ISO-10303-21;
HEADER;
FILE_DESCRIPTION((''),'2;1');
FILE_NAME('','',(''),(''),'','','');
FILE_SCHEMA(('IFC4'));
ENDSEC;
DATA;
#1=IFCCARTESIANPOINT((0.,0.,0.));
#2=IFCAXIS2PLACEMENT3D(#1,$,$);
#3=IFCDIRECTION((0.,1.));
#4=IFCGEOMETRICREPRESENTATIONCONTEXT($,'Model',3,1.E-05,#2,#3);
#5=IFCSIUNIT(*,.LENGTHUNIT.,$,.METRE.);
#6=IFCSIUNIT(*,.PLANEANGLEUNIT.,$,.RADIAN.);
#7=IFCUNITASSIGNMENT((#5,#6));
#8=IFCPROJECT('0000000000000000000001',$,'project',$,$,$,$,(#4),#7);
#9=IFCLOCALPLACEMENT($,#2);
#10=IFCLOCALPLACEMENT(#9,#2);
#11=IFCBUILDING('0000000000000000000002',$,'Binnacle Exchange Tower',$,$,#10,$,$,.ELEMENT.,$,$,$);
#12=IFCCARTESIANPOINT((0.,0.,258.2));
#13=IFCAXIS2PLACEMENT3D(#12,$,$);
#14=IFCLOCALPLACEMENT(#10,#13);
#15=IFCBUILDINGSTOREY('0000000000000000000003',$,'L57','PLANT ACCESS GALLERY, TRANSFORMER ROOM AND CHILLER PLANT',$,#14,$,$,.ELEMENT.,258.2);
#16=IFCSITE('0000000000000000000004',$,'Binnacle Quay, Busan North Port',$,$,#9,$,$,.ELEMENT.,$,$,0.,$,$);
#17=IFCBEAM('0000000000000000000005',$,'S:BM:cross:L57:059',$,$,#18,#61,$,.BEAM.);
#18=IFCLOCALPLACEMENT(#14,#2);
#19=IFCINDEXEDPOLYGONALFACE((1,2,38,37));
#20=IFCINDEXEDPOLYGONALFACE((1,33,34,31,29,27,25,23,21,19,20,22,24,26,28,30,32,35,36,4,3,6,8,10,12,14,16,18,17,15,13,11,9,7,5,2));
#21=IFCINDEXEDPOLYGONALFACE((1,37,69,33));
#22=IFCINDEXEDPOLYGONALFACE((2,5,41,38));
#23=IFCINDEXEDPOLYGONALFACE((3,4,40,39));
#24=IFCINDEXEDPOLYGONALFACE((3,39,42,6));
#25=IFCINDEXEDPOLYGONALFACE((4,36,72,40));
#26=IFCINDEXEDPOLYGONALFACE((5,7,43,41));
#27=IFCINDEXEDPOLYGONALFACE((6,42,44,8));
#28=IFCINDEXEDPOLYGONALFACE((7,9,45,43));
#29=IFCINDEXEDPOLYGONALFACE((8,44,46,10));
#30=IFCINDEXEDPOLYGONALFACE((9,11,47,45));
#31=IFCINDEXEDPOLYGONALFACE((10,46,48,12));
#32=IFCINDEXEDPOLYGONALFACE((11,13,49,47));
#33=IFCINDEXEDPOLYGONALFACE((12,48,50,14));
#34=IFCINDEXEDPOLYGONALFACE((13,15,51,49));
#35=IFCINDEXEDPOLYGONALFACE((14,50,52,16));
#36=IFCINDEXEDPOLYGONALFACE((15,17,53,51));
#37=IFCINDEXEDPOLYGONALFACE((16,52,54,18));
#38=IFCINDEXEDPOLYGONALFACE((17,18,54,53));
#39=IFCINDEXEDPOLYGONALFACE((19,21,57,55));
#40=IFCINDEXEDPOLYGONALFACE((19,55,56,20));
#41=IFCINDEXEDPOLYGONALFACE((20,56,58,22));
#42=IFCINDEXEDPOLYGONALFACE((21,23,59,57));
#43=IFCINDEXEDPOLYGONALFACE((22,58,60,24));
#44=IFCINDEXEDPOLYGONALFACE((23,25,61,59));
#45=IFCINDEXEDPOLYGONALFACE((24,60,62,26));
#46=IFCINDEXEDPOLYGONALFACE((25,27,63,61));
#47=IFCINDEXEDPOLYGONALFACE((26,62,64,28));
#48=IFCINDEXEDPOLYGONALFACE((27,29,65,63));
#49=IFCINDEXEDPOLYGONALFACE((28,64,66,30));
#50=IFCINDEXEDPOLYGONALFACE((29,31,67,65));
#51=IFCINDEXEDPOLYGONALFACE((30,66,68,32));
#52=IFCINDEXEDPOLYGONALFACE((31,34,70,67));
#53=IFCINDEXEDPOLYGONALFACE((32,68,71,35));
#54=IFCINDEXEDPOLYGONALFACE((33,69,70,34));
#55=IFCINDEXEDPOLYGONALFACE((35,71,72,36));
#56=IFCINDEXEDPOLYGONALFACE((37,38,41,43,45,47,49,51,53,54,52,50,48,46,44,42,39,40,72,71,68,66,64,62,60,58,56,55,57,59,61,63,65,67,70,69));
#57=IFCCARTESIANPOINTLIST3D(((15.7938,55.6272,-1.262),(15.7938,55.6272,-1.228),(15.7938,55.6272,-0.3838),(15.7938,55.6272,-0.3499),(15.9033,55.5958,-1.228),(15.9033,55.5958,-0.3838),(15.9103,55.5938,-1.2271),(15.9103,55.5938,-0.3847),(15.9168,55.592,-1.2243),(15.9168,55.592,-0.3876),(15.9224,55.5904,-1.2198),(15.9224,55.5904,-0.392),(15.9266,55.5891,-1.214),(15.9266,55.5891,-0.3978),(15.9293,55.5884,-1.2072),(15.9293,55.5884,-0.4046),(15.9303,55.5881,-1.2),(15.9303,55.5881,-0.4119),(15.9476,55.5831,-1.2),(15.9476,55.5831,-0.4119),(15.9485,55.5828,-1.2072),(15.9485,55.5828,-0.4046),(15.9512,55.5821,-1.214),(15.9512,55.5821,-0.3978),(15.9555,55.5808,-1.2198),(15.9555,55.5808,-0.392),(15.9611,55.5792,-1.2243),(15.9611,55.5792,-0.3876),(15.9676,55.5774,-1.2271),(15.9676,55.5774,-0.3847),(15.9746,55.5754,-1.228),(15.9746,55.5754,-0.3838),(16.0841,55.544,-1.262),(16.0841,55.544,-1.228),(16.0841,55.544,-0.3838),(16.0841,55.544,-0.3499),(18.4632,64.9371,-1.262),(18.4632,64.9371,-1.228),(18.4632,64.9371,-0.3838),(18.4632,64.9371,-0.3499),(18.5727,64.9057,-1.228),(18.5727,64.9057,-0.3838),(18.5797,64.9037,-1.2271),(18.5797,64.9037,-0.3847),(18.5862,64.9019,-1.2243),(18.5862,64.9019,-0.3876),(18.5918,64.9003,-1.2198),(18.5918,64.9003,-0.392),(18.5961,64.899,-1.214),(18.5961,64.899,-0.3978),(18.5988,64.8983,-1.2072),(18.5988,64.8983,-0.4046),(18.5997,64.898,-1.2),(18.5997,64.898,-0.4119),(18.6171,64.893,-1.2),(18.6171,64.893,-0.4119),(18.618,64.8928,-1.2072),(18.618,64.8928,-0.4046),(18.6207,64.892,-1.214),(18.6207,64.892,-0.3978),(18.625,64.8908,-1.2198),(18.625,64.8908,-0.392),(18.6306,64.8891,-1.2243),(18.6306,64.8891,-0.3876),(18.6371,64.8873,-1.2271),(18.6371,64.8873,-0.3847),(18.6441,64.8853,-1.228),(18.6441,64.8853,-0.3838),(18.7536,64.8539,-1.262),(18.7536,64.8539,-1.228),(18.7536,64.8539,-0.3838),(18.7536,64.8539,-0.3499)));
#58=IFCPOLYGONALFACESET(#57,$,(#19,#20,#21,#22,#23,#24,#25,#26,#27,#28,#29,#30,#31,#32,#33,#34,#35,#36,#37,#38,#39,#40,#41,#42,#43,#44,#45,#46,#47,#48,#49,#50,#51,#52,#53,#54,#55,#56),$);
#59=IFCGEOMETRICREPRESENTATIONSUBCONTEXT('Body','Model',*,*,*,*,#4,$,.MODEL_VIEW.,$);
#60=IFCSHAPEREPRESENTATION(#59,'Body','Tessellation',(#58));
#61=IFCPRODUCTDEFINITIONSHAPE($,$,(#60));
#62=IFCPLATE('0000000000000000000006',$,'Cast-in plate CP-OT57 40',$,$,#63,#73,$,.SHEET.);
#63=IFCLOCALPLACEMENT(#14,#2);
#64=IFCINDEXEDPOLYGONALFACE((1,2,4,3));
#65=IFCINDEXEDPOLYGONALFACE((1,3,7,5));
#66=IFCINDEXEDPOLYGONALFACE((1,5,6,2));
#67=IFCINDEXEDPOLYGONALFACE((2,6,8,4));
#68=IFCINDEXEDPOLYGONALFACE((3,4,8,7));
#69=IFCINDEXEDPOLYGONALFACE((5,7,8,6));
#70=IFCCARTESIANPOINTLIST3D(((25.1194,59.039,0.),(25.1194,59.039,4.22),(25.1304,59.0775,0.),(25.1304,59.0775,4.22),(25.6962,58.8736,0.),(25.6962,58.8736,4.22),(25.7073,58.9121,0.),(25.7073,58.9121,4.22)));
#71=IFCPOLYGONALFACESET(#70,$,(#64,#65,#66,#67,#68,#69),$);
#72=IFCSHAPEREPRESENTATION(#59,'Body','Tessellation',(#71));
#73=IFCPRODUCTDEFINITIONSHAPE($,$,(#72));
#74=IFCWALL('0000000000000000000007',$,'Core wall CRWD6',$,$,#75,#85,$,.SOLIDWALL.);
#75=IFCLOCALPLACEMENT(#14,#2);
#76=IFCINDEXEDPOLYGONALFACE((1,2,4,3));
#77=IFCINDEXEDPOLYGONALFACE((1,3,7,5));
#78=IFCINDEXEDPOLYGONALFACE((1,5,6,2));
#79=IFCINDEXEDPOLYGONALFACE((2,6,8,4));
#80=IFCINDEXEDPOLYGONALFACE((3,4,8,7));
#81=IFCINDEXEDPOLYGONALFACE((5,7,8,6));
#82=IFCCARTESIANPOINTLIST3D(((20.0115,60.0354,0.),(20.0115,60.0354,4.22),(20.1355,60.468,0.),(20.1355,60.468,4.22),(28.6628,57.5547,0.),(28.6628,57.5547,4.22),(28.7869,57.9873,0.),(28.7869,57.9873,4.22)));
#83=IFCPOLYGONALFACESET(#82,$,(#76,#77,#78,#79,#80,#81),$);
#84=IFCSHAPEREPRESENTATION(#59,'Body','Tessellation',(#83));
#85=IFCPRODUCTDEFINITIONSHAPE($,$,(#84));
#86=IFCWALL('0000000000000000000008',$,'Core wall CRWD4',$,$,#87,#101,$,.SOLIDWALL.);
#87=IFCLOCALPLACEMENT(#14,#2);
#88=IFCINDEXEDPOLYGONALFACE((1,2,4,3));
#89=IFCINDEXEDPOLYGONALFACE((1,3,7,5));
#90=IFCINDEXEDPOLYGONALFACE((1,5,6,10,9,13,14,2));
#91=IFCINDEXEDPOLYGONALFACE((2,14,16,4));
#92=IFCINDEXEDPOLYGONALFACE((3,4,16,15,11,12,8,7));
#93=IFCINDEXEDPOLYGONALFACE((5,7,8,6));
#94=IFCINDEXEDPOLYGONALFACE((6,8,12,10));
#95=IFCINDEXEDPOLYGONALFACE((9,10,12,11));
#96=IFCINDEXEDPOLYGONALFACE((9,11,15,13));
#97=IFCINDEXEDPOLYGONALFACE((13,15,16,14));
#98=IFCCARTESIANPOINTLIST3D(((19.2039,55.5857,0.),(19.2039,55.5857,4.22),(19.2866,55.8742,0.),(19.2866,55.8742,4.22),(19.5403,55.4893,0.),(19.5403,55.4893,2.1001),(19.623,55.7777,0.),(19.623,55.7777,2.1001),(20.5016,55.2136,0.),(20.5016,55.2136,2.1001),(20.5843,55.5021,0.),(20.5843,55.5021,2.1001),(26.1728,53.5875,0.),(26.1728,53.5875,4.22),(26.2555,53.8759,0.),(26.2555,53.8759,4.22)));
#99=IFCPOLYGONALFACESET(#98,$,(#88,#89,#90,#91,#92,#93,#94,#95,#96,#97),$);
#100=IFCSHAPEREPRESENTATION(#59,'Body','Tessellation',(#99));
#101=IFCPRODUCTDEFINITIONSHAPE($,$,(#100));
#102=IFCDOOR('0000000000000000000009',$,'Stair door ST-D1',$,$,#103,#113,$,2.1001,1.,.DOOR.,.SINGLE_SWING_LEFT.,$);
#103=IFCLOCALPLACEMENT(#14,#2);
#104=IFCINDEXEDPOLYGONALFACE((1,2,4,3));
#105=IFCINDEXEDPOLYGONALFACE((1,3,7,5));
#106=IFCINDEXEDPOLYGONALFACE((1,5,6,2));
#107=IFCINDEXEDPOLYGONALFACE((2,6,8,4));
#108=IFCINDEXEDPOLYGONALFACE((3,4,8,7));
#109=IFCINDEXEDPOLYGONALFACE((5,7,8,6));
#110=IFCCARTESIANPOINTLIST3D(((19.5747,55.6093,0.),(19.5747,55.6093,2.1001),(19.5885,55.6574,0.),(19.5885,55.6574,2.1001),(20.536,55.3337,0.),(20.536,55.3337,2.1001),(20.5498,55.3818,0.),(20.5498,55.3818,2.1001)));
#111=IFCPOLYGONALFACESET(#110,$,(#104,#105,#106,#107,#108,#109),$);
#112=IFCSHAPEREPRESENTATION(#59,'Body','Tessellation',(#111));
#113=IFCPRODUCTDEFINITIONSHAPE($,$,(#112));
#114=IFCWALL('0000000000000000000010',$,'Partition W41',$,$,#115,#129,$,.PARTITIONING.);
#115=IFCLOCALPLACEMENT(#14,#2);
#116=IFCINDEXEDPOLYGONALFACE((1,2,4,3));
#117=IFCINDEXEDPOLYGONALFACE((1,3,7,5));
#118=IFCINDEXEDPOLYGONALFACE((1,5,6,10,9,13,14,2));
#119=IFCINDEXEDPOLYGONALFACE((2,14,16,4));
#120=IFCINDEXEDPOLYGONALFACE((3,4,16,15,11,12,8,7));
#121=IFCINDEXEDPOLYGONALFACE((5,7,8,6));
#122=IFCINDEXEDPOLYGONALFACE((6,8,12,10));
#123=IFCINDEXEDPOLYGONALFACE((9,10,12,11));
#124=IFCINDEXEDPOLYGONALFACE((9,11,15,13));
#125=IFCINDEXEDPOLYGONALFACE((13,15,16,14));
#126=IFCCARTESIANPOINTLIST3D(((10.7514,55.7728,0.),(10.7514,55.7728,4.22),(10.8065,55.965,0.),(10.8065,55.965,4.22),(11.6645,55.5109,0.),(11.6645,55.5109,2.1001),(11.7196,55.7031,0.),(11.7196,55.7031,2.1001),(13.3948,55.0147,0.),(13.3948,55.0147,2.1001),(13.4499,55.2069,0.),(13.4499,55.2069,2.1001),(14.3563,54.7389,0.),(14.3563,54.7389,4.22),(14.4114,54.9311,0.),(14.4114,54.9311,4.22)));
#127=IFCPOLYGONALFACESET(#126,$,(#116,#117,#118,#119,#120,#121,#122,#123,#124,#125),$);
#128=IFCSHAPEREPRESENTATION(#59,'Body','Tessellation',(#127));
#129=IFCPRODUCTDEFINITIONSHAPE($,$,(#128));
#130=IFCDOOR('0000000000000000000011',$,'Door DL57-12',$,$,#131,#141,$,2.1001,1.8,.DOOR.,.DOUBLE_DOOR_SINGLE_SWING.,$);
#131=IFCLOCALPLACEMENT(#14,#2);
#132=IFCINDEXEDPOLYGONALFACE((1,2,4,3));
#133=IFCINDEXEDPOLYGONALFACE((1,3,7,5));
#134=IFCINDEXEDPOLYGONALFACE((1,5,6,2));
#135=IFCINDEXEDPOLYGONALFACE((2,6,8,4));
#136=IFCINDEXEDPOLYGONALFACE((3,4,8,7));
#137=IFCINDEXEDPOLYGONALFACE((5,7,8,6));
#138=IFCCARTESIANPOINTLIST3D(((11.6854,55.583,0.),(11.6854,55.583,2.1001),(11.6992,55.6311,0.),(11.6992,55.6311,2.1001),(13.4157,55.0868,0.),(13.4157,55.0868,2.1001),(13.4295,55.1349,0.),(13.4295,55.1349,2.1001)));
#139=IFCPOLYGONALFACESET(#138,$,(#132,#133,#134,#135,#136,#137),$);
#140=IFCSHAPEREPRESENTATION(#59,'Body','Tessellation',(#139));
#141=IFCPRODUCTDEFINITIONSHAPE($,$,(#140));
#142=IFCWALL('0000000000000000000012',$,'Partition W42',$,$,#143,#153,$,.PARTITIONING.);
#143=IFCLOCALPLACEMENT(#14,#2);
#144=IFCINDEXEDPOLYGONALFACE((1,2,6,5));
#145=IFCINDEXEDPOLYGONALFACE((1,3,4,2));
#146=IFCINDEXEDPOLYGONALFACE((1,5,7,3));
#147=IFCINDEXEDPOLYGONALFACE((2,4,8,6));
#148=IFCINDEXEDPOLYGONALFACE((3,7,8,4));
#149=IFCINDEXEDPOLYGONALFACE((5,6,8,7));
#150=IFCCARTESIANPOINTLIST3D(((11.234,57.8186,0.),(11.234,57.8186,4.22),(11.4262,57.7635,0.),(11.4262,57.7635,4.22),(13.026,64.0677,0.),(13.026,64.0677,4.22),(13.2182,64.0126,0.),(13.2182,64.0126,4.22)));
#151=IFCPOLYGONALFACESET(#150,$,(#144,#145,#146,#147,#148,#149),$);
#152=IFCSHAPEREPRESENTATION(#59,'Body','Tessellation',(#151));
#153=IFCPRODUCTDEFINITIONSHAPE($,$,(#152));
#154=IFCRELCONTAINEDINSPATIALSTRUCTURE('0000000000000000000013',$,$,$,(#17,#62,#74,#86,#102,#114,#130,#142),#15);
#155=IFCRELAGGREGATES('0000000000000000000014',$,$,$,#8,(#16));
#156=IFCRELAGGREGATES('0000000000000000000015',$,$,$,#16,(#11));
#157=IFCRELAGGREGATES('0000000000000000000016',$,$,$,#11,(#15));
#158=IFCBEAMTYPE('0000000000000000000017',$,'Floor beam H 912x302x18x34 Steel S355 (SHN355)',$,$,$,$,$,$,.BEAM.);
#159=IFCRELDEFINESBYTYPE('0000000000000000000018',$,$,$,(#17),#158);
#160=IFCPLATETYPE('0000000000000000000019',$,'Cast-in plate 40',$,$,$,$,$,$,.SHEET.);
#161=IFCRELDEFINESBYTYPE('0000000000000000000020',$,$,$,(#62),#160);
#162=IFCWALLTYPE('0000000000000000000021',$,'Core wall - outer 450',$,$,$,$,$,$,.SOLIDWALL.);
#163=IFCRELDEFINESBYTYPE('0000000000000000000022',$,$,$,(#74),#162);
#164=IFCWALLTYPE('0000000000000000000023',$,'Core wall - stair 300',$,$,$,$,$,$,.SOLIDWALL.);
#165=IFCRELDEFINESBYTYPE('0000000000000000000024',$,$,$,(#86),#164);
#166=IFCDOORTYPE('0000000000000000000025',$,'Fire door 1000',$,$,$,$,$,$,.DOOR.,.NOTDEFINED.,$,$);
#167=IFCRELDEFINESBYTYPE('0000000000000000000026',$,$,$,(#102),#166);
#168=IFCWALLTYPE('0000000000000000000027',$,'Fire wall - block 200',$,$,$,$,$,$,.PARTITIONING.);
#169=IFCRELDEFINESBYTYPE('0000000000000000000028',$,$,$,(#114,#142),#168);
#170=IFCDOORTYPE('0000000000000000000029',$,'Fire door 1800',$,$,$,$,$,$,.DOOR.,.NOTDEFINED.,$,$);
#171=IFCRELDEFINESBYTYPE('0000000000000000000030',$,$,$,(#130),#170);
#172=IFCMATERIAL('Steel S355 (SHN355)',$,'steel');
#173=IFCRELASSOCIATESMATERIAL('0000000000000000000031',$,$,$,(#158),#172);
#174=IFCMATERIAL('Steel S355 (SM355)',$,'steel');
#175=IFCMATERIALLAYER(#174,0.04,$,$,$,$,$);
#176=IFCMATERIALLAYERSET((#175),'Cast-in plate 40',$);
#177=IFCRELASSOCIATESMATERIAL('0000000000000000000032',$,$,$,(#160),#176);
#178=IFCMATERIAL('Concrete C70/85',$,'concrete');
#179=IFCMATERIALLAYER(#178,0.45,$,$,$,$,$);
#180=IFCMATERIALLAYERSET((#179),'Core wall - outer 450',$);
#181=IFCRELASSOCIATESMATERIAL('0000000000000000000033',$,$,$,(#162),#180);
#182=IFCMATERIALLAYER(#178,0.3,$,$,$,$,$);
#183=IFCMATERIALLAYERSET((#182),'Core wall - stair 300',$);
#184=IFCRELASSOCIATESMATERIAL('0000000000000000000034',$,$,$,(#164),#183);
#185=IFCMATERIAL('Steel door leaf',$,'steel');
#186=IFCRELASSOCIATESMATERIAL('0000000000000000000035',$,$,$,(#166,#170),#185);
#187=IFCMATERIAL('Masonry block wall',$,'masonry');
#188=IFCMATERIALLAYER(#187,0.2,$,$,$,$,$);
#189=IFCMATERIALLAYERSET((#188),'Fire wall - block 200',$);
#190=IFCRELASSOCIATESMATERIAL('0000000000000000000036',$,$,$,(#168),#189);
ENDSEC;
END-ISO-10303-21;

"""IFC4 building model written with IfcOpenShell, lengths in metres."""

from ifc_helpers import new_model, si_unit, direction, frame, frame_2d, origin, origin_2d, place, context, subcontext, project, spatial, rectangle, i_section, extrude, material, layer, layer_set, material_profile, profile_set, type_object, element, fill, save


model = new_model("IFC4")

# Units and contexts
model_context = context("Model", 3, precision=1e-05, world=origin(), true_north=direction((0.0, 1.0)))
body_context = subcontext(model_context, "Body", "Model", "MODEL_VIEW")
ifc_project = project(units=[si_unit("LENGTHUNIT", "METRE"), si_unit("PLANEANGLEUNIT", "RADIAN")], contexts=[model_context])

# Site, building, storey
site_placement = place(None, origin())
site = spatial("IfcSite", under=ifc_project, at=site_placement, Name="Binnacle Quay, Busan North Port", CompositionType="ELEMENT", RefElevation=0.0)
building_placement = place(site_placement, origin())
building = spatial("IfcBuilding", under=site, at=building_placement, Name="Binnacle Exchange Tower", CompositionType="ELEMENT")
storey_placement = place(building_placement, frame((0.0, 0.0, 258.2)))
storey = spatial("IfcBuildingStorey", under=building, at=storey_placement, Name="L57", Description="PLANT ACCESS GALLERY, TRANSFORMER ROOM AND CHILLER PLANT", CompositionType="ELEMENT", Elevation=258.2)

# Shared definitions
ifc_material_1 = material(Name="Steel S355 (SHN355)", Category="steel")

# Beam
ifc_material_profile_1 = material_profile(ifc_material_1, i_section(OverallWidth=0.302, OverallDepth=0.9121, WebThickness=0.0181, FlangeThickness=0.0339, FilletRadius=0.0281, at=origin_2d()), Name="H 912x302x18x34")
ifc_profile_set_1 = profile_set([ifc_material_profile_1], Name="Steel S355 (SHN355)")
beam_type_1 = type_object("IfcBeamType", Name="Floor beam H 912x302x18x34 Steel S355 (SHN355)", PredefinedType="BEAM", material=ifc_profile_set_1)
beam_1_placement = place(storey_placement, frame((18.6084, 64.8955, -0.8059), z_axis=(-0.275627, -0.961265, 0.0), x_axis=(0.961265, -0.275627, 0.0)))
element("IfcBeam", 1, at=beam_1_placement, inside=storey, type_object=beam_type_1, Name="S:BM:cross:L57:059", PredefinedType="BEAM", context=body_context, shape_type="SweptSolid", body=[
    extrude(i_section(OverallWidth=0.302, OverallDepth=0.9121, WebThickness=0.0181, FlangeThickness=0.0339, FilletRadius=0.0281, at=origin_2d()), origin(), (0.0, 0.0, 1.0), 9.6851),
])

# Plate
ifc_material_2 = material(Name="Steel S355 (SM355)", Category="steel")
ifc_layer_1 = layer(ifc_material_2, 0.04)
ifc_layer_set_1 = layer_set([ifc_layer_1], Name="Cast-in plate 40")
plate_type = type_object("IfcPlateType", Name="Cast-in plate 40", PredefinedType="SHEET", material=ifc_layer_set_1)
plate_placement = place(storey_placement, frame((25.4133, 58.9756, 0.0), z_axis=(0.0, 0.0, 1.0), x_axis=(-0.275637, -0.961262, 0.0)))
element("IfcPlate", 2, at=plate_placement, inside=storey, type_object=plate_type, Name="Cast-in plate CP-OT57 40", PredefinedType="SHEET", context=body_context, shape_type="SweptSolid", body=[
    extrude(rectangle(XDim=0.04, YDim=0.6001, at=origin_2d()), origin(), (0.0, 0.0, 1.0), 4.22),
])

# Wall
ifc_material_3 = material(Name="Concrete C70/85", Category="concrete")
ifc_layer_2 = layer(ifc_material_3, 0.45)
ifc_layer_set_2 = layer_set([ifc_layer_2], Name="Core wall - outer 450")
wall_type_1 = type_object("IfcWallType", Name="Core wall - outer 450", PredefinedType="SOLIDWALL", material=ifc_layer_set_2)
wall_1_placement = place(storey_placement, frame((20.0735, 60.2517, 0.0), z_axis=(0.0, 0.0, 1.0), x_axis=(0.961262, -0.275635, 0.0)))
element("IfcWall", 3, at=wall_1_placement, inside=storey, type_object=wall_type_1, Name="Core wall CRWD6", PredefinedType="SOLIDWALL", context=body_context, shape_type="SweptSolid", body=[
    extrude(rectangle(XDim=9.0, YDim=0.45, at=frame_2d((4.5, 0.0))), origin(), (0.0, 0.0, 1.0), 4.22),
])

# Walls, openings, doors
ifc_layer_3 = layer(ifc_material_3, 0.3)
ifc_layer_set_3 = layer_set([ifc_layer_3], Name="Core wall - stair 300")
wall_type_2 = type_object("IfcWallType", Name="Core wall - stair 300", PredefinedType="SOLIDWALL", material=ifc_layer_set_3)
wall_2_placement = place(storey_placement, frame((19.2451, 55.73, 0.0), z_axis=(0.0, 0.0, 1.0), x_axis=(0.961263, -0.275633, 0.0)))
wall_2 = element("IfcWall", 4, at=wall_2_placement, inside=storey, type_object=wall_type_2, Name="Core wall CRWD4", PredefinedType="SOLIDWALL", context=body_context, shape_type="SweptSolid", body=[
    extrude(rectangle(XDim=7.2498, YDim=0.3, at=frame_2d((3.625, 0.0))), origin(), (0.0, 0.0, 1.0), 4.22),
])
opening_1_placement = place(wall_2_placement, frame((0.3501, 0.0, 0.0)))
opening_1 = element("IfcOpeningElement", 5, at=opening_1_placement, cuts=wall_2, PredefinedType="OPENING", context=body_context, shape_type="SweptSolid", body=[
    extrude(rectangle(XDim=1.0, YDim=2.1001, at=frame_2d((0.5, 1.05))), frame((0.0, 0.1599, 0.0), z_axis=(0.0, -1.0, 0.0), x_axis=(1.0, 0.0, 0.0)), (0.0, 0.0, 1.0), 0.3201),
])
ifc_material_4 = material(Name="Steel door leaf", Category="steel")
door_type_1 = type_object("IfcDoorType", Name="Fire door 1000", OperationType="NOTDEFINED", PredefinedType="DOOR", material=ifc_material_4)
door_1_placement = place(opening_1_placement, origin())
door_1 = element("IfcDoor", 6, at=door_1_placement, inside=storey, type_object=door_type_1, Name="Stair door ST-D1", OperationType="SINGLE_SWING_LEFT", OverallHeight=2.1001, OverallWidth=1.0, PredefinedType="DOOR", context=body_context, shape_type="SweptSolid", body=[
    extrude(rectangle(XDim=1.0, YDim=2.1001, at=frame_2d((0.5, 1.05))), frame((0.0, 0.0249, 0.0), z_axis=(0.0, -1.0, 0.0), x_axis=(1.0, 0.0, 0.0)), (0.0, 0.0, 1.0), 0.05),
])
fill(opening_1, door_1)
ifc_material_5 = material(Name="Masonry block wall", Category="masonry")
ifc_layer_4 = layer(ifc_material_5, 0.2)
ifc_layer_set_4 = layer_set([ifc_layer_4], Name="Fire wall - block 200")
wall_type_3 = type_object("IfcWallType", Name="Fire wall - block 200", PredefinedType="PARTITIONING", material=ifc_layer_set_4)
wall_3_placement = place(storey_placement, frame((10.7791, 55.8689, 0.0), z_axis=(0.0, 0.0, 1.0), x_axis=(0.961246, -0.275693, 0.0)))
wall_3 = element("IfcWall", 7, at=wall_3_placement, inside=storey, type_object=wall_type_3, Name="Partition W41", PredefinedType="PARTITIONING", context=body_context, shape_type="SweptSolid", body=[
    extrude(rectangle(XDim=3.7502, YDim=0.2, at=frame_2d((1.875, 0.0))), origin(), (0.0, 0.0, 1.0), 4.22),
])
opening_2_placement = place(wall_3_placement, frame((0.95, 0.0, 0.0)))
opening_2 = element("IfcOpeningElement", 8, at=opening_2_placement, cuts=wall_3, PredefinedType="OPENING", context=body_context, shape_type="SweptSolid", body=[
    extrude(rectangle(XDim=1.8, YDim=2.1001, at=frame_2d((0.8999, 1.05))), frame((0.0, 0.1099, 0.0), z_axis=(0.0, -1.0, 0.0), x_axis=(1.0, 0.0, 0.0)), (0.0, 0.0, 1.0), 0.22),
])
door_type_2 = type_object("IfcDoorType", Name="Fire door 1800", OperationType="NOTDEFINED", PredefinedType="DOOR", material=ifc_material_4)
door_2_placement = place(opening_2_placement, frame((1.8, 0.0, 0.0), z_axis=(0.0, 0.0, 1.0), x_axis=(-1.0, 0.0, 0.0)))
door_2 = element("IfcDoor", 9, at=door_2_placement, inside=storey, type_object=door_type_2, Name="Door DL57-12", OperationType="DOUBLE_DOOR_SINGLE_SWING", OverallHeight=2.1001, OverallWidth=1.8, PredefinedType="DOOR", context=body_context, shape_type="SweptSolid", body=[
    extrude(rectangle(XDim=1.8, YDim=2.1001, at=frame_2d((0.8999, 1.05))), frame((0.0, 0.0249, 0.0), z_axis=(0.0, -1.0, 0.0), x_axis=(1.0, 0.0, 0.0)), (0.0, 0.0, 1.0), 0.05),
])
fill(opening_2, door_2)

# Wall
wall_4_placement = place(storey_placement, frame((11.3301, 57.791, 0.0), z_axis=(0.0, 0.0, 1.0), x_axis=(0.275653, 0.961257, 0.0)))
element("IfcWall", 10, at=wall_4_placement, inside=storey, type_object=wall_type_3, Name="Partition W42", PredefinedType="PARTITIONING", context=body_context, shape_type="SweptSolid", body=[
    extrude(rectangle(XDim=6.501, YDim=0.2, at=frame_2d((3.2505, 0.0))), origin(), (0.0, 0.0, 1.0), 4.22),
])

save(model, "model.ifc")
